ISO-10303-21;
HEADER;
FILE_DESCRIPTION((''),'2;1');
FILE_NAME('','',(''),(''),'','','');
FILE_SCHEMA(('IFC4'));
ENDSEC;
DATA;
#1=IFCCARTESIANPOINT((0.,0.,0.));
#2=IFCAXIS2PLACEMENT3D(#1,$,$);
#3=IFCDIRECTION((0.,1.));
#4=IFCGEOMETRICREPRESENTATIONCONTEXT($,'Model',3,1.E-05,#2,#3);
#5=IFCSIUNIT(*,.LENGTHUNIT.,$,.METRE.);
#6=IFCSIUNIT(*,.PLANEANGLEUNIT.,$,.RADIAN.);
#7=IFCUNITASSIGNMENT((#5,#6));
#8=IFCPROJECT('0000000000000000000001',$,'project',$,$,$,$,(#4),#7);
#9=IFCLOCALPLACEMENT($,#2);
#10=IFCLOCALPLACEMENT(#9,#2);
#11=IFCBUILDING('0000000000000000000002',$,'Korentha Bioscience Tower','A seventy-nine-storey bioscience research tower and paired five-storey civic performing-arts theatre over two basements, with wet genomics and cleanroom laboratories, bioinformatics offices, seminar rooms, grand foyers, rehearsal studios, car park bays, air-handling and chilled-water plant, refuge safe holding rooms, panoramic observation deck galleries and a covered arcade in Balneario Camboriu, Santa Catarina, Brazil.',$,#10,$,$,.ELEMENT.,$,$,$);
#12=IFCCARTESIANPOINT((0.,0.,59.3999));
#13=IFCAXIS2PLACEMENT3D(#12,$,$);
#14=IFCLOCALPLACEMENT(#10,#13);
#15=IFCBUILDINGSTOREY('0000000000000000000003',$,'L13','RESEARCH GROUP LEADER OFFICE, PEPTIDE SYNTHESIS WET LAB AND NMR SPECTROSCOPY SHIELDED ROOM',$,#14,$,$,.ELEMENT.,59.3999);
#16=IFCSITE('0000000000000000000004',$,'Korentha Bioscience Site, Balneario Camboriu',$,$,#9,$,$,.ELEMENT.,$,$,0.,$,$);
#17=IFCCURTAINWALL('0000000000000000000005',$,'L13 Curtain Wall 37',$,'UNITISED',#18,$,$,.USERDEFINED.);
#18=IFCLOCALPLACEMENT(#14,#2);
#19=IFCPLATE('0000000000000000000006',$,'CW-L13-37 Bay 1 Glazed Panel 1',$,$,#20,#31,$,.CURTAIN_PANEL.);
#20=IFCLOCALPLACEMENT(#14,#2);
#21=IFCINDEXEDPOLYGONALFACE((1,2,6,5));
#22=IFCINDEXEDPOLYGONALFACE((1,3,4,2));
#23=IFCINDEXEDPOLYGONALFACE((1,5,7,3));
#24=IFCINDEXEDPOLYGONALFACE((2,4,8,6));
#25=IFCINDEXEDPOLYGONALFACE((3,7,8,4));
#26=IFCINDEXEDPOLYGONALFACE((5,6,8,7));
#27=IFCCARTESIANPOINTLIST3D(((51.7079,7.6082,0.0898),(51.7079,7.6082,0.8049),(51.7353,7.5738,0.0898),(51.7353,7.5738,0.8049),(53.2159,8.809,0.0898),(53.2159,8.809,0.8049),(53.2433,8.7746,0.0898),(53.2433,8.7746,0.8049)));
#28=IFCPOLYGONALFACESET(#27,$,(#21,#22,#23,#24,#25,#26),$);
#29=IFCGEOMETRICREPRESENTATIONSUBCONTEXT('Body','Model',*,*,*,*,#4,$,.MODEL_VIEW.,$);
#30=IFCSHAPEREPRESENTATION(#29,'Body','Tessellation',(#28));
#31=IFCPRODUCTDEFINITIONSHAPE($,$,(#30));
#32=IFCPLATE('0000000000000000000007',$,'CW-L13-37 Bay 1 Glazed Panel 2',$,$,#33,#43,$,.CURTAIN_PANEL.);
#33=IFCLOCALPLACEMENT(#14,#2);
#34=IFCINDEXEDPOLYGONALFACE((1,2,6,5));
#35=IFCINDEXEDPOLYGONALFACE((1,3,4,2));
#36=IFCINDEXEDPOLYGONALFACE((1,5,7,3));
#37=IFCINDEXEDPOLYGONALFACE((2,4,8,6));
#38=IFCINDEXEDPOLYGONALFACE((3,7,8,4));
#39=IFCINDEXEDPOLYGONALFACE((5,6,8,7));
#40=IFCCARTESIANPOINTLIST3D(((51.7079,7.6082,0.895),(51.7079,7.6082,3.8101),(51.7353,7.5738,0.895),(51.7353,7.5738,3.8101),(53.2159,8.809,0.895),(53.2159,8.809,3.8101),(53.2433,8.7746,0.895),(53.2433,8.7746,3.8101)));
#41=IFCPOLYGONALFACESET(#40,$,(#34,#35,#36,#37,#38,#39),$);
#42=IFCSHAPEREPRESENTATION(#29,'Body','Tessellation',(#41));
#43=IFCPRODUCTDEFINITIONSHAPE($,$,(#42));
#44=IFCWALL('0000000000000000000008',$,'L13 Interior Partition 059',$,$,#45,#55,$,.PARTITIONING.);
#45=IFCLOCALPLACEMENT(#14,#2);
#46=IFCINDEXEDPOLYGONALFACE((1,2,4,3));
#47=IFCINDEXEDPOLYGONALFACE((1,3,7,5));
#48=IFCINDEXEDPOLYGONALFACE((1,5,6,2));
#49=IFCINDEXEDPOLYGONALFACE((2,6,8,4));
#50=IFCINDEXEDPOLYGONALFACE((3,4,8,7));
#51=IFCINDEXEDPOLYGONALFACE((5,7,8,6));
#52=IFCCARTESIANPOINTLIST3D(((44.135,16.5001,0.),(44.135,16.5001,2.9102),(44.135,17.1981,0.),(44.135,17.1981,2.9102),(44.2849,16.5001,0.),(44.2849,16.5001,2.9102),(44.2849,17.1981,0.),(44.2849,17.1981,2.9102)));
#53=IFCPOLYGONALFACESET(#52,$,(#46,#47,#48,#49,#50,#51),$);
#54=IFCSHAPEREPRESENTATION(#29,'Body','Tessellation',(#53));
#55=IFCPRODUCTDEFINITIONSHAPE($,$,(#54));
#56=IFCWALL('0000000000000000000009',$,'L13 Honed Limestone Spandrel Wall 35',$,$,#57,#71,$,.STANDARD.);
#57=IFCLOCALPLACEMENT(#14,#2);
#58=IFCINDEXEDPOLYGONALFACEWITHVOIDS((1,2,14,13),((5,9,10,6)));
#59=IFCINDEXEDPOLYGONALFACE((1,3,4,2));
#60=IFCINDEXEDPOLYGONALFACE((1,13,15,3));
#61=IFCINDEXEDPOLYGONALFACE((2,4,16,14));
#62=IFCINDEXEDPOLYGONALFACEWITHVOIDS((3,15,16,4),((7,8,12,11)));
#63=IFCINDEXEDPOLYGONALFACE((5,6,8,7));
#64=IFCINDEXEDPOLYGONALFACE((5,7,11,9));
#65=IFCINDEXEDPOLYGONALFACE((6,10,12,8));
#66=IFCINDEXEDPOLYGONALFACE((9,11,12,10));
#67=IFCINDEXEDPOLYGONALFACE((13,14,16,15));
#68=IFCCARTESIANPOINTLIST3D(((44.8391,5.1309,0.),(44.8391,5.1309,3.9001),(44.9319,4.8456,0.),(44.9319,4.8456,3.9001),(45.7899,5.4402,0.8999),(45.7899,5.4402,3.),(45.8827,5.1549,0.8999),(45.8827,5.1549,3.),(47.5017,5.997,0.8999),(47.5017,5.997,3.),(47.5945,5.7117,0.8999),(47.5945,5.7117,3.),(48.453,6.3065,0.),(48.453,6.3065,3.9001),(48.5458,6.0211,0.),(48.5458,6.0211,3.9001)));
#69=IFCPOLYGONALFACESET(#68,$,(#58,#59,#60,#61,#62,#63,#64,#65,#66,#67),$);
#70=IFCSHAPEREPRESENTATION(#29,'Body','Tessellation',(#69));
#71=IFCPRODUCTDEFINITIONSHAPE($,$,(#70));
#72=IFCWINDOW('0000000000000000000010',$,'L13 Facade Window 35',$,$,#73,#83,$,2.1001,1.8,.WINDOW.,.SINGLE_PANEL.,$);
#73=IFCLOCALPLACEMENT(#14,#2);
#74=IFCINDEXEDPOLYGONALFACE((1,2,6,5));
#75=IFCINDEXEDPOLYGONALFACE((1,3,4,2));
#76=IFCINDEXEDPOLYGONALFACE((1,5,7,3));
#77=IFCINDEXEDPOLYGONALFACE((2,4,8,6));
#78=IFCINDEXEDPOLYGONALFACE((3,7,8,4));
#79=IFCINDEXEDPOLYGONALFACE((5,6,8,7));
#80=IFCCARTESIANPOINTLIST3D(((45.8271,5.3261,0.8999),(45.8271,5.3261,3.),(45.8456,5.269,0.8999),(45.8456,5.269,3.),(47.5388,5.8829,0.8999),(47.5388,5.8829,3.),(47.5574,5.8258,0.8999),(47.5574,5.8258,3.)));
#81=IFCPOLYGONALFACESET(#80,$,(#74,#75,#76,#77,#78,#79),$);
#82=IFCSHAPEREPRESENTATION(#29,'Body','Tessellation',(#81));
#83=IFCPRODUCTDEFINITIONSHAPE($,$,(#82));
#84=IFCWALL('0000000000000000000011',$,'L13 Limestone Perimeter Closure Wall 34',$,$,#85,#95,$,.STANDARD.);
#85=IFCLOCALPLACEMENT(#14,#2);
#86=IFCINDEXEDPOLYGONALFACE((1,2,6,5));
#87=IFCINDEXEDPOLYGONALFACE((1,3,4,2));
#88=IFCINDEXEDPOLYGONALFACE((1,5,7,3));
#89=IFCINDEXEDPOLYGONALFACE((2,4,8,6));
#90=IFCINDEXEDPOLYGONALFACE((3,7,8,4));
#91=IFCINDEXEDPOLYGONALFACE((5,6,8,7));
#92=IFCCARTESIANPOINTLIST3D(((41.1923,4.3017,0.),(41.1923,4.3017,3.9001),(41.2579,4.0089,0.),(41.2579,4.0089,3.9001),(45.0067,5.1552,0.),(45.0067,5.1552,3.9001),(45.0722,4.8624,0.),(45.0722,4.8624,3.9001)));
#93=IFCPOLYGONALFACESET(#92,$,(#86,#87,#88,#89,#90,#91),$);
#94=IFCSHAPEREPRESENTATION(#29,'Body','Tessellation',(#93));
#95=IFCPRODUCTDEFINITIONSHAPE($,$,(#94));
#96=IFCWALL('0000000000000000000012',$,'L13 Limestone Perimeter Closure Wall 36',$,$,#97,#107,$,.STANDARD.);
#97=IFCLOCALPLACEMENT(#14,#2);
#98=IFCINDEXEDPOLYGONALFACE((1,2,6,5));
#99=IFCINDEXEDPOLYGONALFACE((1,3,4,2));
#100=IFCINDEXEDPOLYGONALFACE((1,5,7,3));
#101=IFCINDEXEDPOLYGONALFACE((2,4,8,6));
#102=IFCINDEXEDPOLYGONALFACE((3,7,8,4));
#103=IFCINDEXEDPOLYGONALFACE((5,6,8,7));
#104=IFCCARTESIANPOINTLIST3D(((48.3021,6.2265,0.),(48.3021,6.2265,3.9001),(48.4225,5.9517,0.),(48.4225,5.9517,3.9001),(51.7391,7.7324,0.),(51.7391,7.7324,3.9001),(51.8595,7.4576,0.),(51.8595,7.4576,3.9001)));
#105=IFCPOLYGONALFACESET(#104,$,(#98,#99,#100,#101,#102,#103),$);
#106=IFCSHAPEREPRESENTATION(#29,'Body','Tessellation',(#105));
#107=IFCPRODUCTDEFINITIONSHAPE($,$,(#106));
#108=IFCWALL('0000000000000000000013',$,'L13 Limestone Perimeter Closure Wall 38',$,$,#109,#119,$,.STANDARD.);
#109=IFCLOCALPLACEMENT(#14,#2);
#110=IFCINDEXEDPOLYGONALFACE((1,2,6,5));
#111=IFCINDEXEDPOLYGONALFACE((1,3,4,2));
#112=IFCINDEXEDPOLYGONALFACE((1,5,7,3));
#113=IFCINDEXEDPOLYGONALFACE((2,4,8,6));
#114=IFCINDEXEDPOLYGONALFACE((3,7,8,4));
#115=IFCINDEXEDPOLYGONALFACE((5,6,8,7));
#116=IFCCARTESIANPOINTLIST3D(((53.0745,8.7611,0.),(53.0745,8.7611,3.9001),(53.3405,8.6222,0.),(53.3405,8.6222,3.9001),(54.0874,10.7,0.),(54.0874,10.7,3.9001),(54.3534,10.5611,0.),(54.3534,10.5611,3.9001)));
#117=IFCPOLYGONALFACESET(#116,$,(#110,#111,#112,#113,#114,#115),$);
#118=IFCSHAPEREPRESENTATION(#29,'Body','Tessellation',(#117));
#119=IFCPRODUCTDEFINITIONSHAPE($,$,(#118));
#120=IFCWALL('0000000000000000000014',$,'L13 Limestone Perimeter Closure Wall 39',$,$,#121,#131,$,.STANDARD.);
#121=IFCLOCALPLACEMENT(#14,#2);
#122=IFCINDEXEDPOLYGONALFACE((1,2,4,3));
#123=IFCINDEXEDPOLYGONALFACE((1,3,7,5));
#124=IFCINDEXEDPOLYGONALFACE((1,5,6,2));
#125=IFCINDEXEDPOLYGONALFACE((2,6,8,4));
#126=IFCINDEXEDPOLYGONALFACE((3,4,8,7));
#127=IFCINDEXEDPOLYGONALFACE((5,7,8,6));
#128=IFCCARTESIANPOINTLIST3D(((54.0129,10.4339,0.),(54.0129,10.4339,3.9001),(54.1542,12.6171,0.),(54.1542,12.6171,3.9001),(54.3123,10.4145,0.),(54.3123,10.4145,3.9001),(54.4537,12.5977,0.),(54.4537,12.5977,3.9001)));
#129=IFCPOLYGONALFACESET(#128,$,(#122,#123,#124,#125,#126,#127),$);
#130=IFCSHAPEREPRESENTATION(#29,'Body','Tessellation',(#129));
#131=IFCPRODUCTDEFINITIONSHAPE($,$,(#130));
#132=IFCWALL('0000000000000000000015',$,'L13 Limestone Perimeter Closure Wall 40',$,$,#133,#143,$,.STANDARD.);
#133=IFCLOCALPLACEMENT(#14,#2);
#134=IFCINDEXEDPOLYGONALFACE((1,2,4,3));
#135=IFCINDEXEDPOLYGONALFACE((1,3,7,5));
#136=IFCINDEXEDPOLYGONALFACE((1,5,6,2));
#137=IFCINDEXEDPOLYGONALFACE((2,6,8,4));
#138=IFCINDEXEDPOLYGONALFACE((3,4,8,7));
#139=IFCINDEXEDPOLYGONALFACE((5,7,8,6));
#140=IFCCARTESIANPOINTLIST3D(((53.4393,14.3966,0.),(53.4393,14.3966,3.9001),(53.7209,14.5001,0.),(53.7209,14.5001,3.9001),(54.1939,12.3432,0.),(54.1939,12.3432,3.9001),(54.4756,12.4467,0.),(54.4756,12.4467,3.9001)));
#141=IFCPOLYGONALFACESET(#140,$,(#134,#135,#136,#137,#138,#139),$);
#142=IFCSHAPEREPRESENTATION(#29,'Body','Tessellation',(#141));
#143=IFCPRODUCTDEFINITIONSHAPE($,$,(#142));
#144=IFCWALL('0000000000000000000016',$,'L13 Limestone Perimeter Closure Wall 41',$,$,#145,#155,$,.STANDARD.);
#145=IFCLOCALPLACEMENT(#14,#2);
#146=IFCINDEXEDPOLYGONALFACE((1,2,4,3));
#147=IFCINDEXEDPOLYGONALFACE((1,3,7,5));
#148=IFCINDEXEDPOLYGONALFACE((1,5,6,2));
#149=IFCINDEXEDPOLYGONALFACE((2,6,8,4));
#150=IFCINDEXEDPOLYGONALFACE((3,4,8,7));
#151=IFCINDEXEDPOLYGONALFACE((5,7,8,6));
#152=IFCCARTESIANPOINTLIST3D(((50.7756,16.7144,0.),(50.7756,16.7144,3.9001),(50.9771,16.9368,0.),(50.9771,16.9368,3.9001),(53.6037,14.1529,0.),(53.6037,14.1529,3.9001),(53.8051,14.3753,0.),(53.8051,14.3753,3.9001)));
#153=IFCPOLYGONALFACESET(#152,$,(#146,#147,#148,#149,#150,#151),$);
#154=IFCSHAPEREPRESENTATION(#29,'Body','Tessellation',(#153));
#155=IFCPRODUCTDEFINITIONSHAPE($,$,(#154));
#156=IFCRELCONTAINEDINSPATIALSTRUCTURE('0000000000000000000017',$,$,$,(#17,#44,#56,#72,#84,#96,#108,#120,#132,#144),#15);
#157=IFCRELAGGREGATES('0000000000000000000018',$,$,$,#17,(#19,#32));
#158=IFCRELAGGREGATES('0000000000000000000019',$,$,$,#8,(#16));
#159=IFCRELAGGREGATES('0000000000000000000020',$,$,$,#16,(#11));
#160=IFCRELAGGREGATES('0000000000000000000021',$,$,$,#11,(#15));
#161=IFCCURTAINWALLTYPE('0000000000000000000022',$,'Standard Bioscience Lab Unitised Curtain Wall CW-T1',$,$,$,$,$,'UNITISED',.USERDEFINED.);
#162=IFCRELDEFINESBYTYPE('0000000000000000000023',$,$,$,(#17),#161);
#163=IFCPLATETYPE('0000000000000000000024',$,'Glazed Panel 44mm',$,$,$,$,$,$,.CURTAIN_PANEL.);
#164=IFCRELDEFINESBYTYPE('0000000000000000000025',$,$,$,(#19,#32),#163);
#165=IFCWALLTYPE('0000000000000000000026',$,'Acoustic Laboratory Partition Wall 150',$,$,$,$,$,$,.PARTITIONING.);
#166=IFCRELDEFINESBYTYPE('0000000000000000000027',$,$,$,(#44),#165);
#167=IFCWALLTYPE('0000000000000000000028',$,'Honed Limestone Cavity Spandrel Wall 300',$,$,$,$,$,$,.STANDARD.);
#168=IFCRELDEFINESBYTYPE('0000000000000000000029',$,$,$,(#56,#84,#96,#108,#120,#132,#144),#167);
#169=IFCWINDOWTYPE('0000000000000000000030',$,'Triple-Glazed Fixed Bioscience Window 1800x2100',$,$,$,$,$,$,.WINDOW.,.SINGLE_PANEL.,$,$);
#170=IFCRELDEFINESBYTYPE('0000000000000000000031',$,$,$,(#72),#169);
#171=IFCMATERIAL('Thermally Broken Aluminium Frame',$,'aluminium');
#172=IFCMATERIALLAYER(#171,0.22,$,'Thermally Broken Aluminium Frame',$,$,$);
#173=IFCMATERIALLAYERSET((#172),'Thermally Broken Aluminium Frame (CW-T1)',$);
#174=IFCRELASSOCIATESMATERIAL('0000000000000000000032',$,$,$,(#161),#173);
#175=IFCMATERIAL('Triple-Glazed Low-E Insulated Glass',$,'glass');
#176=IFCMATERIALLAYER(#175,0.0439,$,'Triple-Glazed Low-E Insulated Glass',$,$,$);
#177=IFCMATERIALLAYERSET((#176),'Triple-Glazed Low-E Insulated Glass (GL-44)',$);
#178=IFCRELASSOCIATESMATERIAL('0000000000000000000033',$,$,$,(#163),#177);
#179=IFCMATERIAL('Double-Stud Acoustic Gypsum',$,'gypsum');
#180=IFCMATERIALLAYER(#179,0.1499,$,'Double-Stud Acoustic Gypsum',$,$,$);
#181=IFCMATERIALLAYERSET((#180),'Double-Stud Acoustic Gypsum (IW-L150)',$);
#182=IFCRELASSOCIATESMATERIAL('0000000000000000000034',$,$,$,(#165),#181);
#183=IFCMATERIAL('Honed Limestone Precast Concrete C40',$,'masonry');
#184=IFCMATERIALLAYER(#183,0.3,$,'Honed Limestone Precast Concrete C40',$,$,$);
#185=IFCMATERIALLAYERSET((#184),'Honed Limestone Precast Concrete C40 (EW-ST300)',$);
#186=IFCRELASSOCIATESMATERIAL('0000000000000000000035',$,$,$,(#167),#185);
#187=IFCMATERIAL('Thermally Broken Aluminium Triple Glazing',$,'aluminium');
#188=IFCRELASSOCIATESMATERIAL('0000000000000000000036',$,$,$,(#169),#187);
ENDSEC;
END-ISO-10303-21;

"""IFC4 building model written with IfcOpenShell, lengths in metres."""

from ifc_helpers import new_model, si_unit, direction, frame, frame_2d, origin, origin_2d, place, context, subcontext, project, spatial, rectangle, extrude, material, layer, layer_set, type_object, element, fill, aggregate, save


model = new_model("IFC4")

# Units and contexts
model_context = context("Model", 3, precision=1e-05, world=origin(), true_north=direction((0.0, 1.0)))
body_context = subcontext(model_context, "Body", "Model", "MODEL_VIEW")
ifc_project = project(units=[si_unit("LENGTHUNIT", "METRE"), si_unit("PLANEANGLEUNIT", "RADIAN")], contexts=[model_context])

# Site, building, storey
site_placement = place(None, origin())
site = spatial("IfcSite", under=ifc_project, at=site_placement, Name="Korentha Bioscience Site, Balneario Camboriu", CompositionType="ELEMENT", RefElevation=0.0)
building_placement = place(site_placement, origin())
building = spatial("IfcBuilding", under=site, at=building_placement, Name="Korentha Bioscience Tower", Description="A seventy-nine-storey bioscience research tower and paired five-storey civic performing-arts theatre over two basements, with wet genomics and cleanroom laboratories, bioinformatics offices, seminar rooms, grand foyers, rehearsal studios, car park bays, air-handling and chilled-water plant, refuge safe holding rooms, panoramic observation deck galleries and a covered arcade in Balneario Camboriu, Santa Catarina, Brazil.", CompositionType="ELEMENT")
storey_placement = place(building_placement, frame((0.0, 0.0, 59.3999)))
storey = spatial("IfcBuildingStorey", under=building, at=storey_placement, Name="L13", Description="RESEARCH GROUP LEADER OFFICE, PEPTIDE SYNTHESIS WET LAB AND NMR SPECTROSCOPY SHIELDED ROOM", CompositionType="ELEMENT", Elevation=59.3999)

# Curtain wall
ifc_material_1 = material(Name="Thermally Broken Aluminium Frame", Category="aluminium")
ifc_layer_1 = layer(ifc_material_1, 0.22, Name="Thermally Broken Aluminium Frame")
ifc_layer_set_1 = layer_set([ifc_layer_1], Name="Thermally Broken Aluminium Frame (CW-T1)")
curtain_wall_type = type_object("IfcCurtainWallType", Name="Standard Bioscience Lab Unitised Curtain Wall CW-T1", ElementType="UNITISED", PredefinedType="USERDEFINED", material=ifc_layer_set_1)
curtain_wall_placement = place(storey_placement, origin())
curtain_wall = element("IfcCurtainWall", 1, at=curtain_wall_placement, inside=storey, type_object=curtain_wall_type, Name="L13 Curtain Wall 37", ObjectType="UNITISED", PredefinedType="USERDEFINED")

# Plates
ifc_material_2 = material(Name="Triple-Glazed Low-E Insulated Glass", Category="glass")
ifc_layer_2 = layer(ifc_material_2, 0.0439, Name="Triple-Glazed Low-E Insulated Glass")
ifc_layer_set_2 = layer_set([ifc_layer_2], Name="Triple-Glazed Low-E Insulated Glass (GL-44)")
plate_type = type_object("IfcPlateType", Name="Glazed Panel 44mm", PredefinedType="CURTAIN_PANEL", material=ifc_layer_set_2)
plate_1_placement = place(storey_placement, frame((52.4756, 8.1914, 0.0898), z_axis=(0.0, 0.0, 1.0), x_axis=(0.782288, 0.622917, 0.0)))
plate_1 = element("IfcPlate", 2, at=plate_1_placement, type_object=plate_type, Name="CW-L13-37 Bay 1 Glazed Panel 1", PredefinedType="CURTAIN_PANEL", context=body_context, shape_type="SweptSolid", body=[
    extrude(rectangle(XDim=1.9277, YDim=0.0439, at=origin_2d()), origin(), (0.0, 0.0, 1.0), 0.7151),
])
plate_2_placement = place(storey_placement, frame((52.4756, 8.1914, 0.895), z_axis=(0.0, 0.0, 1.0), x_axis=(0.782288, 0.622917, 0.0)))
plate_2 = element("IfcPlate", 3, at=plate_2_placement, type_object=plate_type, Name="CW-L13-37 Bay 1 Glazed Panel 2", PredefinedType="CURTAIN_PANEL", context=body_context, shape_type="SweptSolid", body=[
    extrude(rectangle(XDim=1.9277, YDim=0.0439, at=origin_2d()), origin(), (0.0, 0.0, 1.0), 2.915),
])
aggregate(curtain_wall, [plate_1, plate_2])

# Shared definitions
ifc_material_3 = material(Name="Double-Stud Acoustic Gypsum", Category="gypsum")
ifc_layer_3 = layer(ifc_material_3, 0.1499, Name="Double-Stud Acoustic Gypsum")
ifc_layer_set_3 = layer_set([ifc_layer_3], Name="Double-Stud Acoustic Gypsum (IW-L150)")
wall_type_1 = type_object("IfcWallType", Name="Acoustic Laboratory Partition Wall 150", PredefinedType="PARTITIONING", material=ifc_layer_set_3)

# Wall
wall_1_placement = place(storey_placement, frame((44.21, 16.5, 0.0), z_axis=(0.0, 0.0, 1.0), x_axis=(0.0, 1.0, 0.0)))
element("IfcWall", 4, at=wall_1_placement, inside=storey, type_object=wall_type_1, Name="L13 Interior Partition 059", PredefinedType="PARTITIONING", context=body_context, shape_type="SweptSolid", body=[
    extrude(rectangle(XDim=0.698, YDim=0.1499, at=frame_2d((0.3491, 0.0))), origin(), (0.0, 0.0, 1.0), 2.9102),
])

# Wall, opening, window
ifc_material_4 = material(Name="Honed Limestone Precast Concrete C40", Category="masonry")
ifc_layer_4 = layer(ifc_material_4, 0.3, Name="Honed Limestone Precast Concrete C40")
ifc_layer_set_4 = layer_set([ifc_layer_4], Name="Honed Limestone Precast Concrete C40 (EW-ST300)")
wall_type_2 = type_object("IfcWallType", Name="Honed Limestone Cavity Spandrel Wall 300", PredefinedType="STANDARD", material=ifc_layer_set_4)
wall_2_placement = place(storey_placement, frame((44.8855, 4.9883, 0.0), z_axis=(0.0, 0.0, 1.0), x_axis=(0.950958, 0.30932, 0.0)))
wall_2 = element("IfcWall", 5, at=wall_2_placement, inside=storey, type_object=wall_type_2, Name="L13 Honed Limestone Spandrel Wall 35", PredefinedType="STANDARD", context=body_context, shape_type="SweptSolid", body=[
    extrude(rectangle(XDim=3.8003, YDim=0.3, at=frame_2d((1.9001, 0.0))), origin(), (0.0, 0.0, 1.0), 3.9001),
])
opening_1_placement = place(wall_2_placement, frame((1.0, 0.0, 0.8999)))
opening_1 = element("IfcOpeningElement", 6, at=opening_1_placement, cuts=wall_2, PredefinedType="OPENING", context=body_context, shape_type="SweptSolid", body=[
    extrude(rectangle(XDim=1.8, YDim=2.1001, at=frame_2d((0.8999, 1.05))), frame((0.0, 0.165, 0.0), z_axis=(0.0, -1.0, 0.0), x_axis=(1.0, 0.0, 0.0)), (0.0, 0.0, 1.0), 0.3298),
])
ifc_material_5 = material(Name="Thermally Broken Aluminium Triple Glazing", Category="aluminium")
window_type = type_object("IfcWindowType", Name="Triple-Glazed Fixed Bioscience Window 1800x2100", PartitioningType="SINGLE_PANEL", PredefinedType="WINDOW", material=ifc_material_5)
window_placement = place(opening_1_placement, origin())
window = element("IfcWindow", 7, at=window_placement, inside=storey, type_object=window_type, Name="L13 Facade Window 35", OverallHeight=2.1001, OverallWidth=1.8, PartitioningType="SINGLE_PANEL", PredefinedType="WINDOW", context=body_context, shape_type="SweptSolid", body=[
    extrude(rectangle(XDim=1.8, YDim=2.1001, at=frame_2d((0.8999, 1.05))), frame((0.0, 0.03, 0.0), z_axis=(0.0, -1.0, 0.0), x_axis=(1.0, 0.0, 0.0)), (0.0, 0.0, 1.0), 0.0601),
])
fill(opening_1, window)

# Walls
wall_3_placement = place(storey_placement, frame((41.2251, 4.1553, 0.0), z_axis=(0.0, 0.0, 1.0), x_axis=(0.975869, 0.218359, 0.0)))
element("IfcWall", 8, at=wall_3_placement, inside=storey, type_object=wall_type_2, Name="L13 Limestone Perimeter Closure Wall 34", PredefinedType="STANDARD", context=body_context, shape_type="SweptSolid", body=[
    extrude(rectangle(XDim=3.9087, YDim=0.3, at=frame_2d((1.9543, 0.0))), origin(), (0.0, 0.0, 1.0), 3.9001),
])
wall_4_placement = place(storey_placement, frame((48.3623, 6.0891, 0.0), z_axis=(0.0, 0.0, 1.0), x_axis=(0.915945, 0.401303, 0.0)))
element("IfcWall", 9, at=wall_4_placement, inside=storey, type_object=wall_type_2, Name="L13 Limestone Perimeter Closure Wall 36", PredefinedType="STANDARD", context=body_context, shape_type="SweptSolid", body=[
    extrude(rectangle(XDim=3.7524, YDim=0.3, at=frame_2d((1.8762, 0.0))), origin(), (0.0, 0.0, 1.0), 3.9001),
])
wall_5_placement = place(storey_placement, frame((53.2075, 8.6917, 0.0), z_axis=(0.0, 0.0, 1.0), x_axis=(0.463035, 0.88634, 0.0)))
element("IfcWall", 10, at=wall_5_placement, inside=storey, type_object=wall_type_2, Name="L13 Limestone Perimeter Closure Wall 38", PredefinedType="STANDARD", context=body_context, shape_type="SweptSolid", body=[
    extrude(rectangle(XDim=2.1875, YDim=0.3, at=frame_2d((1.0938, 0.0))), origin(), (0.0, 0.0, 1.0), 3.9001),
])
for number, where, z_axis, x_axis, name in (
    (11, (54.1626, 10.4243, 0.0), (0.0, 0.0, 1.0), (0.064615, 0.99791, 0.0), "L13 Limestone Perimeter Closure Wall 39"),
    (12, (54.3347, 12.395, 0.0), (0.0, 0.0, 1.0), (-0.34494, 0.938625, 0.0), "L13 Limestone Perimeter Closure Wall 40"),
):
    element("IfcWall", number, at=place(storey_placement, frame(where, z_axis=z_axis, x_axis=x_axis)), inside=storey, type_object=wall_type_2, Name=name, PredefinedType="STANDARD", context=body_context, shape_type="SweptSolid", body=[
        extrude(rectangle(XDim=2.1877, YDim=0.3, at=frame_2d((1.0938, 0.0))), origin(), (0.0, 0.0, 1.0), 3.9001),
    ])
wall_6_placement = place(storey_placement, frame((53.7043, 14.2642, 0.0), z_axis=(0.0, 0.0, 1.0), x_axis=(-0.741178, 0.671309, 0.0)))
element("IfcWall", 13, at=wall_6_placement, inside=storey, type_object=wall_type_2, Name="L13 Limestone Perimeter Closure Wall 41", PredefinedType="STANDARD", context=body_context, shape_type="SweptSolid", body=[
    extrude(rectangle(XDim=3.8157, YDim=0.3, at=frame_2d((1.9077, 0.0))), origin(), (0.0, 0.0, 1.0), 3.9001),
])

save(model, "model.ifc")
